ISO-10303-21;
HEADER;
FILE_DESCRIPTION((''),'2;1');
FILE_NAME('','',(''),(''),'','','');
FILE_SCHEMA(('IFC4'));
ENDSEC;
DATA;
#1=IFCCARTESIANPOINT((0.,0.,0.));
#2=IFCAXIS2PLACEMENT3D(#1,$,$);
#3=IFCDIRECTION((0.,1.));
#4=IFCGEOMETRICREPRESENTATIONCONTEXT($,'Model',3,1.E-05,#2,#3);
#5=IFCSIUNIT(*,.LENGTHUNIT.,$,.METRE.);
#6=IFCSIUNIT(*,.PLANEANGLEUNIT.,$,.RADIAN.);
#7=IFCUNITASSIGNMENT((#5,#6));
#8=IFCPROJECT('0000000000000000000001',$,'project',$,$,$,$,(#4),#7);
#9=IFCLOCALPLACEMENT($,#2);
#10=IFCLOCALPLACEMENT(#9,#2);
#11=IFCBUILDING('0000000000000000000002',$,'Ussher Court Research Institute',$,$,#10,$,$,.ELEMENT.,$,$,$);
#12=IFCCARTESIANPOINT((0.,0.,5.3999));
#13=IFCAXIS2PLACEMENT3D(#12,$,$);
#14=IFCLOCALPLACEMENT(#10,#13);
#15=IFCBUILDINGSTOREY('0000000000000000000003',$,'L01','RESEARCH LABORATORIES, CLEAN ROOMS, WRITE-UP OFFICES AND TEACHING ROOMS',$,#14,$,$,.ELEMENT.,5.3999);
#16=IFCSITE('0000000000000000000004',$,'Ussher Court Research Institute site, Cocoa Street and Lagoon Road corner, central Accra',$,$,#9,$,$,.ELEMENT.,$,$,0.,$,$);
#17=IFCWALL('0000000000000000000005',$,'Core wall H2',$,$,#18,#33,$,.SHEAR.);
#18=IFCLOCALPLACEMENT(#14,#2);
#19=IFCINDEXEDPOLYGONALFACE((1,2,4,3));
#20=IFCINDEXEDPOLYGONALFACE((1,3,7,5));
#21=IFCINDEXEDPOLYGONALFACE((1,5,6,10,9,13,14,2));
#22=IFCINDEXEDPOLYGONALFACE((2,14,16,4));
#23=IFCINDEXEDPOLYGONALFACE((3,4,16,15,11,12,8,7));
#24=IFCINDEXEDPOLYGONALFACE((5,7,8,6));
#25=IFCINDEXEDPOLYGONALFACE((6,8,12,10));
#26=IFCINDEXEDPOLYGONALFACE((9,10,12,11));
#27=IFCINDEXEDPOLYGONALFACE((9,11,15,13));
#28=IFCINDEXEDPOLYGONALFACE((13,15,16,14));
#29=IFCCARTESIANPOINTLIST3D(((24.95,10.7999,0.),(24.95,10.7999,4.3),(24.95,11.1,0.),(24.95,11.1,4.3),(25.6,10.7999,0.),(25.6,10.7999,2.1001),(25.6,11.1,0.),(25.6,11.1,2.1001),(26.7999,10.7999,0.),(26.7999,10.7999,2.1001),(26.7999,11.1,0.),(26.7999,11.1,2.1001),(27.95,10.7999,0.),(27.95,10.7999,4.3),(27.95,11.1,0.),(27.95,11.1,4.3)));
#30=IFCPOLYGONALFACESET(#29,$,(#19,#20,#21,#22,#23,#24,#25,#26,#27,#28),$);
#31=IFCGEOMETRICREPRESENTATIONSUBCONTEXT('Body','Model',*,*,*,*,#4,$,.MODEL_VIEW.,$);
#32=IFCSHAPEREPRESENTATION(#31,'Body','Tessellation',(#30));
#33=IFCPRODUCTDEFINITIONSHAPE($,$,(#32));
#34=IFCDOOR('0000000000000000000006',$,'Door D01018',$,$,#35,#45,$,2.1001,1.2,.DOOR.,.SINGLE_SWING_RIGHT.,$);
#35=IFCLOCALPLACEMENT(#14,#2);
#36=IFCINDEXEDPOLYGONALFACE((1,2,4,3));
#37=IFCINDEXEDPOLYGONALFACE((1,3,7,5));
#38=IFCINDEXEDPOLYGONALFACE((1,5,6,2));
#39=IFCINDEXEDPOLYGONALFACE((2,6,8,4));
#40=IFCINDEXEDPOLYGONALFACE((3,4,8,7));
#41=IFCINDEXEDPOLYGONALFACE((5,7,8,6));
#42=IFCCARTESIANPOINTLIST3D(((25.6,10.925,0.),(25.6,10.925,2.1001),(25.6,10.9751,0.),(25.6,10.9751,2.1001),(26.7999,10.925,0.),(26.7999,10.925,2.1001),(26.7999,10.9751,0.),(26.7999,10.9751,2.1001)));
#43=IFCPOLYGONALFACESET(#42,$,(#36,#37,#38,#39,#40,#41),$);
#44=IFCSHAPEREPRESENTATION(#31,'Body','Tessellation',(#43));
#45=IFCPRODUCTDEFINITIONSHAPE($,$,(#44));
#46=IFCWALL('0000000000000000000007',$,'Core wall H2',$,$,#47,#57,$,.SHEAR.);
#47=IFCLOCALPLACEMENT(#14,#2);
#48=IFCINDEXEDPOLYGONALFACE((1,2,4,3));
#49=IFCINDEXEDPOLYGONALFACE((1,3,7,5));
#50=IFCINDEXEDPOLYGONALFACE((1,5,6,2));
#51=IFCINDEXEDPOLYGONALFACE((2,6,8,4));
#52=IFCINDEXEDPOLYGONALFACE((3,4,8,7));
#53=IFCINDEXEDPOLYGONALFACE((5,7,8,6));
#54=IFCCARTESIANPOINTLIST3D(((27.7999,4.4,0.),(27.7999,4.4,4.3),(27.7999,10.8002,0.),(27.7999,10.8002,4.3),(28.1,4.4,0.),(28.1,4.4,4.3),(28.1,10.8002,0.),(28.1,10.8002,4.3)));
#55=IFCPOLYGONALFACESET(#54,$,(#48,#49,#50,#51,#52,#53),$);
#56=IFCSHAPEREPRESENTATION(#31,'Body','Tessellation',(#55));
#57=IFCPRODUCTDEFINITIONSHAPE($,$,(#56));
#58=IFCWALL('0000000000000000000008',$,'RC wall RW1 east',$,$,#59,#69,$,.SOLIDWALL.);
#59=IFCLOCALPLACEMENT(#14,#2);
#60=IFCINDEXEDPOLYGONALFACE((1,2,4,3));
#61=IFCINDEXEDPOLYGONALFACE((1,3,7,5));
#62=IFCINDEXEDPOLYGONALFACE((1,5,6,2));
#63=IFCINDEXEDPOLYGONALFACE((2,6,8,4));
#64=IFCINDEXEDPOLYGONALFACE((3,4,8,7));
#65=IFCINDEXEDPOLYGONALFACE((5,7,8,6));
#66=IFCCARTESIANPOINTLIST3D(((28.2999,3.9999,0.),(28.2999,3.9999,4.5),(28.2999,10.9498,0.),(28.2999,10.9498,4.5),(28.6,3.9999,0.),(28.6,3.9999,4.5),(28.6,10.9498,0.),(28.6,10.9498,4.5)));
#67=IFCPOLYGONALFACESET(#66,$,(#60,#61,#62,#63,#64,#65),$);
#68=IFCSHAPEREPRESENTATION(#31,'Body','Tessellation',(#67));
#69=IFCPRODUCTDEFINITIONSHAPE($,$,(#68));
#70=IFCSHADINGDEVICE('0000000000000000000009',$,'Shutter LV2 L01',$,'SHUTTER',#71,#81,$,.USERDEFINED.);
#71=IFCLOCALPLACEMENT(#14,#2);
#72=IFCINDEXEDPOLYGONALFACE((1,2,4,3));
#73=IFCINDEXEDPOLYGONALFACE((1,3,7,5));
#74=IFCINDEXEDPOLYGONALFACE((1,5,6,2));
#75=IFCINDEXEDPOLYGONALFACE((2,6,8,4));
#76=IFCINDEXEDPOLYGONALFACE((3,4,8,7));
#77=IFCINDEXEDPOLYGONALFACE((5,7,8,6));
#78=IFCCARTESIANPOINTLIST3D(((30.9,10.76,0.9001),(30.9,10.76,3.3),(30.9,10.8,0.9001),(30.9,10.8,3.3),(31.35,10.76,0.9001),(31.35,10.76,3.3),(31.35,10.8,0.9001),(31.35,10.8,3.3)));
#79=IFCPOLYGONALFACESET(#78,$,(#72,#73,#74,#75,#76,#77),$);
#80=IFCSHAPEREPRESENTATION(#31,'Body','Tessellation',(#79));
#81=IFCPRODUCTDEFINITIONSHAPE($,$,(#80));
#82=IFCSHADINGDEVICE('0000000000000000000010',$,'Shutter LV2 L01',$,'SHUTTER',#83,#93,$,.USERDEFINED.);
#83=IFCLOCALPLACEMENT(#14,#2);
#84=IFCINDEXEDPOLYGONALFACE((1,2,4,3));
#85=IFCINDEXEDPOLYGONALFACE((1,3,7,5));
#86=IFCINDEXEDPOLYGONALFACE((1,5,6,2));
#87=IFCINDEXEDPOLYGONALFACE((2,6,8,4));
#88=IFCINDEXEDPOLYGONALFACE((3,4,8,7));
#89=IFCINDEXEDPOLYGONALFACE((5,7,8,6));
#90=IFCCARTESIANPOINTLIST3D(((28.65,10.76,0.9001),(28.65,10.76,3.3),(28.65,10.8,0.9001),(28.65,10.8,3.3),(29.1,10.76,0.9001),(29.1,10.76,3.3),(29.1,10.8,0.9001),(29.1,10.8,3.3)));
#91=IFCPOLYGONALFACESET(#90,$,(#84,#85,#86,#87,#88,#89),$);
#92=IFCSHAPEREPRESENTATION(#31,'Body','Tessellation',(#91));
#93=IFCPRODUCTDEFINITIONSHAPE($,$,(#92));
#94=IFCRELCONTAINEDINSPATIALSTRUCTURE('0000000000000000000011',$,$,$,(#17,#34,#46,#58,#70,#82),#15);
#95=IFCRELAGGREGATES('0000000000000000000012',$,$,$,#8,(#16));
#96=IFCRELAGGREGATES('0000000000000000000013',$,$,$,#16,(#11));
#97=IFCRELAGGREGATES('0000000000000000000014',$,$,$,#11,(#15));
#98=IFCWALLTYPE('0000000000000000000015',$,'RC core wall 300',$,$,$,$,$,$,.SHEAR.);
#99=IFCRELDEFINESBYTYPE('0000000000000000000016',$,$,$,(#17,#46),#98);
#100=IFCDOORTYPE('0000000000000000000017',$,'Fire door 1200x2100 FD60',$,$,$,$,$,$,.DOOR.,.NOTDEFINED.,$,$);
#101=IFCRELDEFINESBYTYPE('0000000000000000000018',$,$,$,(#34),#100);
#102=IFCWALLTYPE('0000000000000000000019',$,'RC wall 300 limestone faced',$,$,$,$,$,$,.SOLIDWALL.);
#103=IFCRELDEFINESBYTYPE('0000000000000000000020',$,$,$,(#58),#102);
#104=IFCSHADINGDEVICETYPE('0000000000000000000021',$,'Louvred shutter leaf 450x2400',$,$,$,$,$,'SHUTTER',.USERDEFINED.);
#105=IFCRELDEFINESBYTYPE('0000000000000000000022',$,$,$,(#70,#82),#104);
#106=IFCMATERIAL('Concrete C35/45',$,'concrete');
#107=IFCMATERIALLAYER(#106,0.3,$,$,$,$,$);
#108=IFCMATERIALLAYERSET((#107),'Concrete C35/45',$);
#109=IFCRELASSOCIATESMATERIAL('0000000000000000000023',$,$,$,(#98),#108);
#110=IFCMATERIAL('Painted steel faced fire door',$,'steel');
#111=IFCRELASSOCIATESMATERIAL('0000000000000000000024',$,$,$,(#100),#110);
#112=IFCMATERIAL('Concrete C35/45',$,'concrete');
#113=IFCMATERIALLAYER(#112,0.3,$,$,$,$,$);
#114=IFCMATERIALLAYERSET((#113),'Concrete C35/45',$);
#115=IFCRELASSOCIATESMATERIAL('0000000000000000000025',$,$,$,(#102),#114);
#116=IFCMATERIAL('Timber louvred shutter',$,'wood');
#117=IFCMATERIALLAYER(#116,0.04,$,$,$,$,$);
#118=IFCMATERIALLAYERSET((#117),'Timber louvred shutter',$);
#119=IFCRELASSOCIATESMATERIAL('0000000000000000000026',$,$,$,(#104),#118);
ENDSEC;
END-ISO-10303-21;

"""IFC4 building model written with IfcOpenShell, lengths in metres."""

from ifc_helpers import new_model, si_unit, direction, frame, frame_2d, origin, origin_2d, place, context, subcontext, project, spatial, rectangle, extrude, material, layer, layer_set, type_object, element, fill, save


model = new_model("IFC4")

# Units and contexts
model_context = context("Model", 3, precision=1e-05, world=origin(), true_north=direction((0.0, 1.0)))
body_context = subcontext(model_context, "Body", "Model", "MODEL_VIEW")
ifc_project = project(units=[si_unit("LENGTHUNIT", "METRE"), si_unit("PLANEANGLEUNIT", "RADIAN")], contexts=[model_context])

# Site, building, storey
site_placement = place(None, origin())
site = spatial("IfcSite", under=ifc_project, at=site_placement, Name="Ussher Court Research Institute site, Cocoa Street and Lagoon Road corner, central Accra", CompositionType="ELEMENT", RefElevation=0.0)
building_placement = place(site_placement, origin())
building = spatial("IfcBuilding", under=site, at=building_placement, Name="Ussher Court Research Institute", CompositionType="ELEMENT")
storey_placement = place(building_placement, frame((0.0, 0.0, 5.3999)))
storey = spatial("IfcBuildingStorey", under=building, at=storey_placement, Name="L01", Description="RESEARCH LABORATORIES, CLEAN ROOMS, WRITE-UP OFFICES AND TEACHING ROOMS", CompositionType="ELEMENT", Elevation=5.3999)

# Wall, opening, door
ifc_material_1 = material(Name="Concrete C35/45", Category="concrete")
ifc_layer_1 = layer(ifc_material_1, 0.3)
ifc_layer_set_1 = layer_set([ifc_layer_1], Name="Concrete C35/45")
wall_type_1 = type_object("IfcWallType", Name="RC core wall 300", PredefinedType="SHEAR", material=ifc_layer_set_1)
wall_1_placement = place(storey_placement, frame((27.95, 10.95, 0.0), z_axis=(0.0, 0.0, 1.0), x_axis=(-1.0, 0.0, 0.0)))
wall_1 = element("IfcWall", 1, at=wall_1_placement, inside=storey, type_object=wall_type_1, Name="Core wall H2", PredefinedType="SHEAR", context=body_context, shape_type="SweptSolid", body=[
    extrude(rectangle(XDim=3.0, YDim=0.3, at=frame_2d((1.5, 0.0))), origin(), (0.0, 0.0, 1.0), 4.3),
])
opening_1_placement = place(wall_1_placement, frame((1.1499, 0.0, 0.0)))
opening_1 = element("IfcOpeningElement", 2, at=opening_1_placement, cuts=wall_1, PredefinedType="OPENING", context=body_context, shape_type="SweptSolid", body=[
    extrude(rectangle(XDim=1.2, YDim=2.1001, at=frame_2d((0.6001, 1.05))), frame((0.0, 0.1602, 0.0), z_axis=(0.0, -1.0, 0.0), x_axis=(1.0, 0.0, 0.0)), (0.0, 0.0, 1.0), 0.3201),
])
ifc_material_2 = material(Name="Painted steel faced fire door", Category="steel")
door_type_1 = type_object("IfcDoorType", Name="Fire door 1200x2100 FD60", OperationType="NOTDEFINED", PredefinedType="DOOR", material=ifc_material_2)
door_1_placement = place(opening_1_placement, origin())
door_1 = element("IfcDoor", 3, at=door_1_placement, inside=storey, type_object=door_type_1, Name="Door D01018", OperationType="SINGLE_SWING_RIGHT", OverallHeight=2.1001, OverallWidth=1.2, PredefinedType="DOOR", context=body_context, shape_type="SweptSolid", body=[
    extrude(rectangle(XDim=1.2, YDim=2.1001, at=frame_2d((0.6001, 1.05))), frame((0.0, 0.0249, 0.0), z_axis=(0.0, -1.0, 0.0), x_axis=(1.0, 0.0, 0.0)), (0.0, 0.0, 1.0), 0.05),
])
fill(opening_1, door_1)

# Walls
wall_2_placement = place(storey_placement, frame((27.95, 4.3999, 0.0), z_axis=(0.0, 0.0, 1.0), x_axis=(0.0, 1.0, 0.0)))
element("IfcWall", 4, at=wall_2_placement, inside=storey, type_object=wall_type_1, Name="Core wall H2", PredefinedType="SHEAR", context=body_context, shape_type="SweptSolid", body=[
    extrude(rectangle(XDim=6.4001, YDim=0.3, at=frame_2d((3.2002, 0.0))), origin(), (0.0, 0.0, 1.0), 4.3),
])
ifc_material_3 = material(Name="Concrete C35/45", Category="concrete")
ifc_layer_2 = layer(ifc_material_3, 0.3)
ifc_layer_set_2 = layer_set([ifc_layer_2], Name="Concrete C35/45")
wall_type_2 = type_object("IfcWallType", Name="RC wall 300 limestone faced", PredefinedType="SOLIDWALL", material=ifc_layer_set_2)
wall_3_placement = place(storey_placement, frame((28.45, 10.95, 0.0), z_axis=(0.0, 0.0, 1.0), x_axis=(0.0, -1.0, 0.0)))
element("IfcWall", 5, at=wall_3_placement, inside=storey, type_object=wall_type_2, Name="RC wall RW1 east", PredefinedType="SOLIDWALL", context=body_context, shape_type="SweptSolid", body=[
    extrude(rectangle(XDim=6.95, YDim=0.3, at=frame_2d((3.4751, 0.0))), origin(), (0.0, 0.0, 1.0), 4.5),
])

# Shading devices
ifc_material_4 = material(Name="Timber louvred shutter", Category="wood")
ifc_layer_3 = layer(ifc_material_4, 0.04)
ifc_layer_set_3 = layer_set([ifc_layer_3], Name="Timber louvred shutter")
shading_device_type = type_object("IfcShadingDeviceType", Name="Louvred shutter leaf 450x2400", ElementType="SHUTTER", PredefinedType="USERDEFINED", material=ifc_layer_set_3)
for number, where, z_axis, x_axis, name in (
    (6, (31.125, 10.78, 0.9001), (0.0, 0.0, 1.0), (-1.0, 0.0, 0.0), "Shutter LV2 L01"),
    (7, (28.875, 10.78, 0.9001), (0.0, 0.0, 1.0), (-1.0, 0.0, 0.0), "Shutter LV2 L01"),
):
    element("IfcShadingDevice", number, at=place(storey_placement, frame(where, z_axis=z_axis, x_axis=x_axis)), inside=storey, type_object=shading_device_type, Name=name, ObjectType="SHUTTER", PredefinedType="USERDEFINED", context=body_context, shape_type="SweptSolid", body=[
        extrude(rectangle(XDim=0.45, YDim=0.04, at=origin_2d()), origin(), (0.0, 0.0, 1.0), 2.3999),
    ])

save(model, "model.ifc")
